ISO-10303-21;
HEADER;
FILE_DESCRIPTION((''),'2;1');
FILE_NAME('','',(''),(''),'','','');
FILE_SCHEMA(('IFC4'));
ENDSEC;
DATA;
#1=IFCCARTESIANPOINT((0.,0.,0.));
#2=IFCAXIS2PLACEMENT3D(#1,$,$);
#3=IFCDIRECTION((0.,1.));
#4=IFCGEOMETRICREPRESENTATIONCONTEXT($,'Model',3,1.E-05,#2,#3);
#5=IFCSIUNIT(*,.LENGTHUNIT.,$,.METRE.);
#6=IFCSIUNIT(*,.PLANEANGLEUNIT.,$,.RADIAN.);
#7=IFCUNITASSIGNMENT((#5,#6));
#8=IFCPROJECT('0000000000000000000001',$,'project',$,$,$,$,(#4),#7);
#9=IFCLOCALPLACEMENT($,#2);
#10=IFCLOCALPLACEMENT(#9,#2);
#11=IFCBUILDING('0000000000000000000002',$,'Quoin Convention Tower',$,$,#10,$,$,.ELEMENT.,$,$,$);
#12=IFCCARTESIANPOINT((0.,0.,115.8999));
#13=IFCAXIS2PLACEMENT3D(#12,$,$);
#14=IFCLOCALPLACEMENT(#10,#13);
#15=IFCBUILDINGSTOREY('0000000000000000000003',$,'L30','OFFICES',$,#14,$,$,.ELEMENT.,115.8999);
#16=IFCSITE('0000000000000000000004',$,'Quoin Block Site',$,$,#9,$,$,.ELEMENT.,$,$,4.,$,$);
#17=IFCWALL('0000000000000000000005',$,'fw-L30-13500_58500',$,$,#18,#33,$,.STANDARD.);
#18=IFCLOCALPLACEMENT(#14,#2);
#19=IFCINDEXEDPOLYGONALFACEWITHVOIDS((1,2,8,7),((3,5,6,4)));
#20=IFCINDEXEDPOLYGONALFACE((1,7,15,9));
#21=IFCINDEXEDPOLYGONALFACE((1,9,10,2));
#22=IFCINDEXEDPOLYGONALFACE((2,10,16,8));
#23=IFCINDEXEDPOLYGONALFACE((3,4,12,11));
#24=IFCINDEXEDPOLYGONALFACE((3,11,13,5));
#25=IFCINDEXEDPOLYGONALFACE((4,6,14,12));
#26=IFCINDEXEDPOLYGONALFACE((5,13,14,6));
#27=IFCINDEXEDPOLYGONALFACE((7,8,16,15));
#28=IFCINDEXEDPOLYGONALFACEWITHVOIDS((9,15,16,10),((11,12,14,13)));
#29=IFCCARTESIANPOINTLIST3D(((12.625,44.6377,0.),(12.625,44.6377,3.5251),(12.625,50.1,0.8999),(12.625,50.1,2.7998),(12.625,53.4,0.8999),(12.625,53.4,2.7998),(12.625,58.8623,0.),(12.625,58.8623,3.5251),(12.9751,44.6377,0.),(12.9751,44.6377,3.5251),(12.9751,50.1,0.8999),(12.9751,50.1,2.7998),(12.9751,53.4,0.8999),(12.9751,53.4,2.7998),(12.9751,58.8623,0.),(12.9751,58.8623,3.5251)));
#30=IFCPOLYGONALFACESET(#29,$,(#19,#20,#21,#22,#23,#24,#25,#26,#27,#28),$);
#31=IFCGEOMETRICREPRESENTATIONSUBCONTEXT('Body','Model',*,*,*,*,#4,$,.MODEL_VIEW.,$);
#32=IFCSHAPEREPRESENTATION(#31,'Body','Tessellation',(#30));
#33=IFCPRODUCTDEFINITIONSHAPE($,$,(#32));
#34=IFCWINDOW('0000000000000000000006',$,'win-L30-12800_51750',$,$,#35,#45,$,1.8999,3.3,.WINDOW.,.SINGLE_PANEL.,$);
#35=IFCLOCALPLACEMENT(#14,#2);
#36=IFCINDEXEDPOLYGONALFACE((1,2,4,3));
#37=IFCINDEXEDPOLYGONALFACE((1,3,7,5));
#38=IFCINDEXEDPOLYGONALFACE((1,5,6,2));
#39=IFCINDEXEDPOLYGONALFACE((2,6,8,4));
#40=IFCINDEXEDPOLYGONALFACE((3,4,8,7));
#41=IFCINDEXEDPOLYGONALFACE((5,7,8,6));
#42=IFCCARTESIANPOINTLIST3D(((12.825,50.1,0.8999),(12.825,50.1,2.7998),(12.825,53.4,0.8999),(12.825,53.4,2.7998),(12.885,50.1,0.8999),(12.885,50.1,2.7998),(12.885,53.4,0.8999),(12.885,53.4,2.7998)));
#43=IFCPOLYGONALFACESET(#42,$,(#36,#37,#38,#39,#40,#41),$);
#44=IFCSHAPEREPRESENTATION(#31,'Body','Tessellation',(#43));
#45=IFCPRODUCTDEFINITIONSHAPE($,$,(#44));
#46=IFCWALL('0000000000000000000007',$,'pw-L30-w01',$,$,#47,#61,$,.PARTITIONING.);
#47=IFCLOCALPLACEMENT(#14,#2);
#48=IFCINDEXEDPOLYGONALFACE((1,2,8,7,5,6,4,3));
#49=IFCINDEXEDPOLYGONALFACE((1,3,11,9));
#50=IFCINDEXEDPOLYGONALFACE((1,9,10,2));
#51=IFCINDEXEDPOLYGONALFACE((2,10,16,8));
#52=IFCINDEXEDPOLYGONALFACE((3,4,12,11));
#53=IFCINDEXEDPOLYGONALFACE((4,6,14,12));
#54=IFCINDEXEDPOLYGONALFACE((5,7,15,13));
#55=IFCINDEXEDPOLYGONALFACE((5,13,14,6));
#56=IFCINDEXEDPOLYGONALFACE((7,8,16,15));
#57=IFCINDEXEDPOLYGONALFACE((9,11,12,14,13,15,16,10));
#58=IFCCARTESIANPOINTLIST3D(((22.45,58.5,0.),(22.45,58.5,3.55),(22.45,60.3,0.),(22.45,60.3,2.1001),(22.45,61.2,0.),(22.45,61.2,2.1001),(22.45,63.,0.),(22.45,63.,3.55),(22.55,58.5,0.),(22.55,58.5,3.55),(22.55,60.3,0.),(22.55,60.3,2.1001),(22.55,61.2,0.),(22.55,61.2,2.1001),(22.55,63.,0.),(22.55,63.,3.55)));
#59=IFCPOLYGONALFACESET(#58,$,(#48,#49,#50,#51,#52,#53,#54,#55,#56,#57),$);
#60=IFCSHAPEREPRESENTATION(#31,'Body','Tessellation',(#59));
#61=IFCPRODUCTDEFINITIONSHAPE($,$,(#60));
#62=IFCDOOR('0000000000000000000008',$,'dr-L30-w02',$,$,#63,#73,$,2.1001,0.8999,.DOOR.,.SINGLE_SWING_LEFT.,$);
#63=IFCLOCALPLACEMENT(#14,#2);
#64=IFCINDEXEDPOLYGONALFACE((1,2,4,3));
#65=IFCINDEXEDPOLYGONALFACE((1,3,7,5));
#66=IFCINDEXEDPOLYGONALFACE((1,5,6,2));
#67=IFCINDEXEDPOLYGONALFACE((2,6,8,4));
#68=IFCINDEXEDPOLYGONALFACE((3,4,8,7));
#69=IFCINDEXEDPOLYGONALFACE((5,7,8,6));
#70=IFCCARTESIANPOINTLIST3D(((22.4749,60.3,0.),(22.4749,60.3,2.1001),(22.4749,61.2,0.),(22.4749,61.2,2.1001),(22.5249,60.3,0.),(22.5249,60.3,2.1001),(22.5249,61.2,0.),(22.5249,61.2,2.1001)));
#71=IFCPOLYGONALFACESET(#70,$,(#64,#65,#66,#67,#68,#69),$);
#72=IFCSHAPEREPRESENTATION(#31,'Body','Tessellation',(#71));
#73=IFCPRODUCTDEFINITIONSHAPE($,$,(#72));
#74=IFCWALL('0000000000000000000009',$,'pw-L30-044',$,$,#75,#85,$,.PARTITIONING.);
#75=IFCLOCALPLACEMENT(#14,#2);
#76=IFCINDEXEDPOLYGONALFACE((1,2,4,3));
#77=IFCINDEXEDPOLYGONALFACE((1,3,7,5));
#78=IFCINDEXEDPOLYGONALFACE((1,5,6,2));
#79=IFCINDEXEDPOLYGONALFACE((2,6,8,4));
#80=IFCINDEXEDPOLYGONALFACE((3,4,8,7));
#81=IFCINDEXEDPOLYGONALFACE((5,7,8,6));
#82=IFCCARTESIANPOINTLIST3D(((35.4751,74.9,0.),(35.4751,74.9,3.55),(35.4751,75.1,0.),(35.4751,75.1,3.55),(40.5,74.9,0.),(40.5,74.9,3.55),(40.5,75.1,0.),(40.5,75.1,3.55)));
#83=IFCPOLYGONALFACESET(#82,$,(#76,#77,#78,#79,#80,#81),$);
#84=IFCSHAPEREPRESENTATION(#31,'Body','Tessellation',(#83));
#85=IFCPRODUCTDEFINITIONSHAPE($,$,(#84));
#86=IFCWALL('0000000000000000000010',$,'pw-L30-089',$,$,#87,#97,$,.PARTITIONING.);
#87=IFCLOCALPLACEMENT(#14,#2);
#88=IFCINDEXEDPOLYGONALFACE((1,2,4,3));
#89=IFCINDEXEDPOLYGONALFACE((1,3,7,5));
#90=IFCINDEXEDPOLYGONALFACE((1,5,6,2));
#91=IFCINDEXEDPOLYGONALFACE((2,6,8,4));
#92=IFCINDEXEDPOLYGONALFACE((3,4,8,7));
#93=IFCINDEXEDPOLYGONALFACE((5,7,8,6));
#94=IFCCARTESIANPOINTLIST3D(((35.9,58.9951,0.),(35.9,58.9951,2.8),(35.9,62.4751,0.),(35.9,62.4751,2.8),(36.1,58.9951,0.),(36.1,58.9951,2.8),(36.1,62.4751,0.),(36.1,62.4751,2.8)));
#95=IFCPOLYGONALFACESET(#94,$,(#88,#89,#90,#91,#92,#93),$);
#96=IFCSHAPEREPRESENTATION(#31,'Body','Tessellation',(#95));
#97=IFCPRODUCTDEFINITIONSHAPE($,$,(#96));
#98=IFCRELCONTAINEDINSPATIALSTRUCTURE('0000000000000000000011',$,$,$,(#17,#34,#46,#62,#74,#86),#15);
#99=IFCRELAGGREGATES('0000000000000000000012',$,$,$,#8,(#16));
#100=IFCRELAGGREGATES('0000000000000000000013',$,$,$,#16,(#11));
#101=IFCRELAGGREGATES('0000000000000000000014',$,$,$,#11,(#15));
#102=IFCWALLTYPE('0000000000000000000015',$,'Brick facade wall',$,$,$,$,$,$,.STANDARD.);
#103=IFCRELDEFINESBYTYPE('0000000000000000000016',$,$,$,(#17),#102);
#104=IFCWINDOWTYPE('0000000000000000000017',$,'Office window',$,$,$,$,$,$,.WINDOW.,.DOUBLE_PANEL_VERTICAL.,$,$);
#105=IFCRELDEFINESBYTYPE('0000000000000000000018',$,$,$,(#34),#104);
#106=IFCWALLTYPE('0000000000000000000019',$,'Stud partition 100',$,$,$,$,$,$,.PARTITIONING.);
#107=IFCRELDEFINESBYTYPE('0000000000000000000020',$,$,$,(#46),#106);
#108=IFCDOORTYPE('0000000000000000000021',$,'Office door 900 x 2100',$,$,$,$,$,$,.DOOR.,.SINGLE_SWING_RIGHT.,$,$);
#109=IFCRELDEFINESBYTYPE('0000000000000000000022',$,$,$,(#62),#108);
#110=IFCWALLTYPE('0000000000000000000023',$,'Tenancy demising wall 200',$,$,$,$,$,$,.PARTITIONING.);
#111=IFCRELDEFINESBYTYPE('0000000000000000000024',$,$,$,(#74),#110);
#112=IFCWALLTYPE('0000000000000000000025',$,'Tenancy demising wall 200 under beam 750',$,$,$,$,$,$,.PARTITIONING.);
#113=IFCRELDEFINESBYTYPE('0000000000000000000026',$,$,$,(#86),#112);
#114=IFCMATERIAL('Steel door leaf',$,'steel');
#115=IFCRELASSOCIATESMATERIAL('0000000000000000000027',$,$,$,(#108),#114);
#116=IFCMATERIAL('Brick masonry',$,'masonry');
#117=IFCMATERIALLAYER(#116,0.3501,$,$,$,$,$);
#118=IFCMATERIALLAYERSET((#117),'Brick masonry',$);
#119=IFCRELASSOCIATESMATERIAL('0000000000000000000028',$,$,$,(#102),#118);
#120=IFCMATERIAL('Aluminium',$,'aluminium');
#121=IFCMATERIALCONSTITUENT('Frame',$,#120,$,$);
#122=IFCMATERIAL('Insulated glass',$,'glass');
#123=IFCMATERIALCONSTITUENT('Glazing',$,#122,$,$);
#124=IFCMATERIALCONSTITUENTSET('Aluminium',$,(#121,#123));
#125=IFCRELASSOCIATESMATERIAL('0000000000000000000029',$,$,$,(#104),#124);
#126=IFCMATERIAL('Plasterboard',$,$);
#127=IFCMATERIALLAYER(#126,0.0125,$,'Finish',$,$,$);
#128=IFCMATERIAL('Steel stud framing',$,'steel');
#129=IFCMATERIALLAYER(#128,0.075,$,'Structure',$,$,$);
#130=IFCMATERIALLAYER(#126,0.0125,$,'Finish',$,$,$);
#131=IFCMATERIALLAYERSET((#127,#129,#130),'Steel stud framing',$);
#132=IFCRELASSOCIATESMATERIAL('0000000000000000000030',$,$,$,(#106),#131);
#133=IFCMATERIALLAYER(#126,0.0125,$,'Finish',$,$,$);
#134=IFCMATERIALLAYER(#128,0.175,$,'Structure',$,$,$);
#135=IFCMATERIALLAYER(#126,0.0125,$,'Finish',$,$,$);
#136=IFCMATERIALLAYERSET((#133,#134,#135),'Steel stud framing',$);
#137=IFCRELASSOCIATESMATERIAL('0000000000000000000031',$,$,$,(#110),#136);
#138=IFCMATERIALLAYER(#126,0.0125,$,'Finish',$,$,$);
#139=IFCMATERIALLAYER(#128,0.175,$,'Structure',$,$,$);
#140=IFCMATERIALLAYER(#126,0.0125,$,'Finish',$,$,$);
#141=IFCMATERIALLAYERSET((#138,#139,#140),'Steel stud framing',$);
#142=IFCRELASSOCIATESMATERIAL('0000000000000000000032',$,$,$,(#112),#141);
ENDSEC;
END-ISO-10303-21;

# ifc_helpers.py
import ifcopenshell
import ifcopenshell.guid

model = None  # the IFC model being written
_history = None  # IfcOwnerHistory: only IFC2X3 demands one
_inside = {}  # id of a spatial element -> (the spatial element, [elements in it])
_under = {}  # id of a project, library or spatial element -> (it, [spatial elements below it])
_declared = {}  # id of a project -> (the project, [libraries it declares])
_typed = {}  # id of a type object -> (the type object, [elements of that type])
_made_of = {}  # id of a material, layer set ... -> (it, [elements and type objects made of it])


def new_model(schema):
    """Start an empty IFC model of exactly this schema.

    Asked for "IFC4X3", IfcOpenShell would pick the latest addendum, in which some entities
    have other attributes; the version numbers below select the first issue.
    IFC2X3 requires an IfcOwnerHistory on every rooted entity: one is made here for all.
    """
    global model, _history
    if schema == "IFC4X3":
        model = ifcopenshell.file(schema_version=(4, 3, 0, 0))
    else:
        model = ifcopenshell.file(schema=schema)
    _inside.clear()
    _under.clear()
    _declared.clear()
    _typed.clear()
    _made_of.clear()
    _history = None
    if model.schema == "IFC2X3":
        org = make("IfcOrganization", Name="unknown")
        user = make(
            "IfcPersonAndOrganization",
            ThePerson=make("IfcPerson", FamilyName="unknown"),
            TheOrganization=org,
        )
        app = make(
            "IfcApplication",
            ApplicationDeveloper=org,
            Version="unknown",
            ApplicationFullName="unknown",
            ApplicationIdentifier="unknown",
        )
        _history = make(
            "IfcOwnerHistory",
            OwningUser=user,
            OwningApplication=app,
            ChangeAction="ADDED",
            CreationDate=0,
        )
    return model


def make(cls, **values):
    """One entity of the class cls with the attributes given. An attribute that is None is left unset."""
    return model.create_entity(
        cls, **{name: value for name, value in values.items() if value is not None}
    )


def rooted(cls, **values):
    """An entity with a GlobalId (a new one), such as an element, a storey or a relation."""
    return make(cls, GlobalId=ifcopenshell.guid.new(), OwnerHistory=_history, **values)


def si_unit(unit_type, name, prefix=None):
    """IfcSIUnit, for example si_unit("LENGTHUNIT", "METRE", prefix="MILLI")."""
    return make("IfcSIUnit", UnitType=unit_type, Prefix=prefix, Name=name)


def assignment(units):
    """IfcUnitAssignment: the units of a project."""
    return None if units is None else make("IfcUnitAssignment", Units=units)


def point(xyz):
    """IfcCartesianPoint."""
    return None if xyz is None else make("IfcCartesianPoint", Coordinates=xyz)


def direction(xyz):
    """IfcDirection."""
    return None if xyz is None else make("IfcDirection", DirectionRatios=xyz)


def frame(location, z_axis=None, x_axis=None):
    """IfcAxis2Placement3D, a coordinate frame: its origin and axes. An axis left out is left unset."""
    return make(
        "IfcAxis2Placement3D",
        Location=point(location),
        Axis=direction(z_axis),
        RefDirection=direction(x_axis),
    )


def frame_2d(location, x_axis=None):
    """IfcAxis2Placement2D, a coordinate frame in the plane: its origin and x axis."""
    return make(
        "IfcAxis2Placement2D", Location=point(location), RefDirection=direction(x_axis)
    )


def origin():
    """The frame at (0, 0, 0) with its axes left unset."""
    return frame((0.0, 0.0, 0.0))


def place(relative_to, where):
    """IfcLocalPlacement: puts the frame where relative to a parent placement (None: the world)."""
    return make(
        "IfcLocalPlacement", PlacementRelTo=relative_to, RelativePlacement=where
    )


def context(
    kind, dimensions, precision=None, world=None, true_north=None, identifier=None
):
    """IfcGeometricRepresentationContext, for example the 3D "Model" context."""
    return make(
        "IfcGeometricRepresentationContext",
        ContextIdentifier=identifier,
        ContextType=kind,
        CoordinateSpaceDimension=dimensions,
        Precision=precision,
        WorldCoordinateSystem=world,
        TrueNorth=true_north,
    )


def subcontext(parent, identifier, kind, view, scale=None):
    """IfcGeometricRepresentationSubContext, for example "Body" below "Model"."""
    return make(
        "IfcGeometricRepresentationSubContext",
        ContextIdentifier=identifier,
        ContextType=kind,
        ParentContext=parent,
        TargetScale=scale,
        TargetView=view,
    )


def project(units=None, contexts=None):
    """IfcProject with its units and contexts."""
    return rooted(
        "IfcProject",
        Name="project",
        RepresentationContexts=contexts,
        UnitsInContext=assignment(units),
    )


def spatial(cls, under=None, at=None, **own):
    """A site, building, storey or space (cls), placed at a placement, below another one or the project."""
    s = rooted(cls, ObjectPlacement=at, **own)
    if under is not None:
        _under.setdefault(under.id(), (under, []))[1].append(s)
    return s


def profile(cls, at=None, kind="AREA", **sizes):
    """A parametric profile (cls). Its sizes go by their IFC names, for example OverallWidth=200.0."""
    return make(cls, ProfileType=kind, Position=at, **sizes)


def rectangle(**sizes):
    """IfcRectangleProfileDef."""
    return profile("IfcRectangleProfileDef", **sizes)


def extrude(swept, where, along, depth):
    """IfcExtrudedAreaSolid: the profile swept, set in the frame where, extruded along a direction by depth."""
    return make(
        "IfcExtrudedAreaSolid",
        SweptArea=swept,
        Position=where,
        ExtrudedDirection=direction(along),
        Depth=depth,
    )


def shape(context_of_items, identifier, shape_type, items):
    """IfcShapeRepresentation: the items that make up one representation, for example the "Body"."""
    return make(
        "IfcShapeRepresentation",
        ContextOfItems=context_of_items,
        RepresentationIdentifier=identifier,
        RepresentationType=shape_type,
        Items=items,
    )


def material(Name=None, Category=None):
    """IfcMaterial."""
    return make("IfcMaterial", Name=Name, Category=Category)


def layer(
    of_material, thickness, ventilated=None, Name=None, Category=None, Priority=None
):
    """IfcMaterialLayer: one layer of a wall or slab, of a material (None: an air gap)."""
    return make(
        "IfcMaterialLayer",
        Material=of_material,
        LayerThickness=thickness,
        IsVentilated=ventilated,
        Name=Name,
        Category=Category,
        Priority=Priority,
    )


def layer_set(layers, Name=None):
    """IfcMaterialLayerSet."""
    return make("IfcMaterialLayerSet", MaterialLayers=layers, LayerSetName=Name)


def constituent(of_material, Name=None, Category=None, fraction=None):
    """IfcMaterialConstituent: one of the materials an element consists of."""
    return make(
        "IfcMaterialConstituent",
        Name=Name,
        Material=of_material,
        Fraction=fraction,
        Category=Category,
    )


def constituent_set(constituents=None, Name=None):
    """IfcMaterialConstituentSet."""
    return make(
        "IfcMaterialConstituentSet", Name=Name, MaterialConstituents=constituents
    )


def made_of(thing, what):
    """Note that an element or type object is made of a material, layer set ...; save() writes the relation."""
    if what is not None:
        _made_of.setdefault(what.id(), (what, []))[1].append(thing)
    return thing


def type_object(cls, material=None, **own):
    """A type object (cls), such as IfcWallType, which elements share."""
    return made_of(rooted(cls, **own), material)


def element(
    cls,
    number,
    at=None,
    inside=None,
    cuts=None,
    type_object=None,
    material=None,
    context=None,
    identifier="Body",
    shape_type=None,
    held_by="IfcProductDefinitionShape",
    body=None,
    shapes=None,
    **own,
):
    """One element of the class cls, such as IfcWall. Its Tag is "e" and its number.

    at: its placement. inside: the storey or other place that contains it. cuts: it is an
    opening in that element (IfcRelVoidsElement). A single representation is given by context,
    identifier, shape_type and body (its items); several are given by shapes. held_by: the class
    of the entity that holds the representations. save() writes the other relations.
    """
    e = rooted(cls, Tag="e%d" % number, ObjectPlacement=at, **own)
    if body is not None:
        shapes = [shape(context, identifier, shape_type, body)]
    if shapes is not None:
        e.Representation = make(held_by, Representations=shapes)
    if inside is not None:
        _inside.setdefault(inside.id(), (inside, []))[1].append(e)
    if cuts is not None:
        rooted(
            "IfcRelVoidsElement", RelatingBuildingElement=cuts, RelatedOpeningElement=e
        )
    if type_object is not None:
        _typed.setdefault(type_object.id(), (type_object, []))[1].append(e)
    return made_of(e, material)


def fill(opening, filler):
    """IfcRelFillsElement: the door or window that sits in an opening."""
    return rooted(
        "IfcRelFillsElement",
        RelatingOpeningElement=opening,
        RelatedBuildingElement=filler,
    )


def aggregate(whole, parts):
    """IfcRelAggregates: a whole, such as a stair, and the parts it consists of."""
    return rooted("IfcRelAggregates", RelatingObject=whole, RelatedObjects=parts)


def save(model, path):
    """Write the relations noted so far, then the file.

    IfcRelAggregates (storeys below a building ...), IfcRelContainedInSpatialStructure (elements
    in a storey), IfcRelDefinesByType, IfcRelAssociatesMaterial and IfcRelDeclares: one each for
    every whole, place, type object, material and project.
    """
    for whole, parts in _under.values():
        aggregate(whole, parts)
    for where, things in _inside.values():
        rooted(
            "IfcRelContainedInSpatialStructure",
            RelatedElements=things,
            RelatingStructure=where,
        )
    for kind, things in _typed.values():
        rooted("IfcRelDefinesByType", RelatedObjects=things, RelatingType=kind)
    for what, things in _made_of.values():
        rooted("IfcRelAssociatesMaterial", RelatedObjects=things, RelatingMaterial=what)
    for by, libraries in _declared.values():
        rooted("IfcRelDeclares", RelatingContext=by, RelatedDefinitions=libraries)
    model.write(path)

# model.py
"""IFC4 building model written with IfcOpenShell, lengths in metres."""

from ifc_helpers import new_model, si_unit, direction, frame, frame_2d, origin, place, context, subcontext, project, spatial, rectangle, extrude, material, layer, layer_set, constituent, constituent_set, type_object, element, fill, save


model = new_model("IFC4")

# Units and contexts
model_context = context("Model", 3, precision=1e-05, world=origin(), true_north=direction((0.0, 1.0)))
body_context = subcontext(model_context, "Body", "Model", "MODEL_VIEW")
ifc_project = project(units=[si_unit("LENGTHUNIT", "METRE"), si_unit("PLANEANGLEUNIT", "RADIAN")], contexts=[model_context])

# Site, building, storey
site_placement = place(None, origin())
site = spatial("IfcSite", under=ifc_project, at=site_placement, Name="Quoin Block Site", CompositionType="ELEMENT", RefElevation=4.0)
building_placement = place(site_placement, origin())
building = spatial("IfcBuilding", under=site, at=building_placement, Name="Quoin Convention Tower", CompositionType="ELEMENT")
storey_placement = place(building_placement, frame((0.0, 0.0, 115.8999)))
storey = spatial("IfcBuildingStorey", under=building, at=storey_placement, Name="L30", Description="OFFICES", CompositionType="ELEMENT", Elevation=115.8999)

# Shared definitions
ifc_material_1 = material(Name="Plasterboard")
ifc_material_2 = material(Name="Steel stud framing", Category="steel")
ifc_material_3 = material(Name="Steel door leaf", Category="steel")
door_type = type_object("IfcDoorType", Name="Office door 900 x 2100", OperationType="SINGLE_SWING_RIGHT", PredefinedType="DOOR", material=ifc_material_3)

# Shared definitions
ifc_material_4 = material(Name="Brick masonry", Category="masonry")
ifc_layer_1 = layer(ifc_material_4, 0.3501)
ifc_layer_set_1 = layer_set([ifc_layer_1], Name="Brick masonry")
wall_type_1 = type_object("IfcWallType", Name="Brick facade wall", PredefinedType="STANDARD", material=ifc_layer_set_1)
ifc_material_5 = material(Name="Aluminium", Category="aluminium")
ifc_constituent_1 = constituent(ifc_material_5, Name="Frame")
ifc_material_6 = material(Name="Insulated glass", Category="glass")
ifc_constituent_2 = constituent(ifc_material_6, Name="Glazing")
ifc_constituent_set = constituent_set(constituents=[ifc_constituent_1, ifc_constituent_2], Name="Aluminium")
window_type = type_object("IfcWindowType", Name="Office window", PartitioningType="DOUBLE_PANEL_VERTICAL", PredefinedType="WINDOW", material=ifc_constituent_set)

# Wall, opening, window
wall_1_placement = place(storey_placement, frame((12.8, 58.8623, 0.0), z_axis=(0.0, 0.0, 1.0), x_axis=(0.0, -1.0, 0.0)))
wall_1 = element("IfcWall", 1, at=wall_1_placement, inside=storey, type_object=wall_type_1, Name="fw-L30-13500_58500", PredefinedType="STANDARD", context=body_context, shape_type="SweptSolid", body=[
    extrude(rectangle(XDim=14.2246, YDim=0.3501, at=frame_2d((7.1123, 0.0))), origin(), (0.0, 0.0, 1.0), 3.5251),
])
opening_1_placement = place(wall_1_placement, frame((5.4624, 0.0, 0.8999)))
opening_1 = element("IfcOpeningElement", 2, at=opening_1_placement, cuts=wall_1, PredefinedType="OPENING", context=body_context, shape_type="SweptSolid", body=[
    extrude(rectangle(XDim=3.3, YDim=1.8999, at=frame_2d((1.6499, 0.95))), frame((0.0, 0.1851, 0.0), z_axis=(0.0, -1.0, 0.0), x_axis=(1.0, 0.0, 0.0)), (0.0, 0.0, 1.0), 0.3701),
])
window_1_placement = place(opening_1_placement, origin())
window_1 = element("IfcWindow", 3, at=window_1_placement, inside=storey, type_object=window_type, Name="win-L30-12800_51750", OverallHeight=1.8999, OverallWidth=3.3, PartitioningType="SINGLE_PANEL", PredefinedType="WINDOW", context=body_context, shape_type="SweptSolid", body=[
    extrude(rectangle(XDim=3.3, YDim=1.8999, at=frame_2d((1.6499, 0.95))), frame((0.0, 0.085, 0.0), z_axis=(0.0, -1.0, 0.0), x_axis=(1.0, 0.0, 0.0)), (0.0, 0.0, 1.0), 0.0601),
])
fill(opening_1, window_1)

# Wall, opening, door
ifc_layer_2 = layer(ifc_material_1, 0.0125, Name="Finish")
ifc_layer_3 = layer(ifc_material_2, 0.075, Name="Structure")
ifc_layer_4 = layer(ifc_material_1, 0.0125, Name="Finish")
ifc_layer_set_2 = layer_set([ifc_layer_2, ifc_layer_3, ifc_layer_4], Name="Steel stud framing")
wall_type_2 = type_object("IfcWallType", Name="Stud partition 100", PredefinedType="PARTITIONING", material=ifc_layer_set_2)
wall_2_placement = place(storey_placement, frame((22.5, 63.0, 0.0), z_axis=(0.0, 0.0, 1.0), x_axis=(0.0, -1.0, 0.0)))
wall_2 = element("IfcWall", 4, at=wall_2_placement, inside=storey, type_object=wall_type_2, Name="pw-L30-w01", PredefinedType="PARTITIONING", context=body_context, shape_type="SweptSolid", body=[
    extrude(rectangle(XDim=4.5, YDim=0.1001, at=frame_2d((2.25, 0.0))), origin(), (0.0, 0.0, 1.0), 3.55),
])
opening_2_placement = place(wall_2_placement, frame((1.8, 0.0, 0.0)))
opening_2 = element("IfcOpeningElement", 5, at=opening_2_placement, cuts=wall_2, PredefinedType="OPENING", context=body_context, shape_type="SweptSolid", body=[
    extrude(rectangle(XDim=0.8999, YDim=2.1001, at=frame_2d((0.45, 1.05))), frame((0.0, 0.0601, 0.0), z_axis=(0.0, -1.0, 0.0), x_axis=(1.0, 0.0, 0.0)), (0.0, 0.0, 1.0), 0.1201),
])
door_1_placement = place(opening_2_placement, origin())
door_1 = element("IfcDoor", 6, at=door_1_placement, inside=storey, type_object=door_type, Name="dr-L30-w02", OperationType="SINGLE_SWING_LEFT", OverallHeight=2.1001, OverallWidth=0.8999, PredefinedType="DOOR", context=body_context, shape_type="SweptSolid", body=[
    extrude(rectangle(XDim=0.8999, YDim=2.1001, at=frame_2d((0.45, 1.05))), frame((0.0, 0.0249, 0.0), z_axis=(0.0, -1.0, 0.0), x_axis=(1.0, 0.0, 0.0)), (0.0, 0.0, 1.0), 0.05),
])
fill(opening_2, door_1)

# Walls
ifc_layer_5 = layer(ifc_material_1, 0.0125, Name="Finish")
ifc_layer_6 = layer(ifc_material_2, 0.175, Name="Structure")
ifc_layer_7 = layer(ifc_material_1, 0.0125, Name="Finish")
ifc_layer_set_3 = layer_set([ifc_layer_5, ifc_layer_6, ifc_layer_7], Name="Steel stud framing")
wall_type_3 = type_object("IfcWallType", Name="Tenancy demising wall 200", PredefinedType="PARTITIONING", material=ifc_layer_set_3)
wall_3_placement = place(storey_placement, frame((35.4751, 75.0, 0.0), z_axis=(0.0, 0.0, 1.0), x_axis=(1.0, 0.0, 0.0)))
element("IfcWall", 7, at=wall_3_placement, inside=storey, type_object=wall_type_3, Name="pw-L30-044", PredefinedType="PARTITIONING", context=body_context, shape_type="SweptSolid", body=[
    extrude(rectangle(XDim=5.0249, YDim=0.2, at=frame_2d((2.5125, 0.0))), origin(), (0.0, 0.0, 1.0), 3.55),
])
ifc_layer_8 = layer(ifc_material_1, 0.0125, Name="Finish")
ifc_layer_9 = layer(ifc_material_2, 0.175, Name="Structure")
ifc_layer_10 = layer(ifc_material_1, 0.0125, Name="Finish")
ifc_layer_set_4 = layer_set([ifc_layer_8, ifc_layer_9, ifc_layer_10], Name="Steel stud framing")
wall_type_4 = type_object("IfcWallType", Name="Tenancy demising wall 200 under beam 750", PredefinedType="PARTITIONING", material=ifc_layer_set_4)
wall_4_placement = place(storey_placement, frame((36.0, 58.9951, 0.0), z_axis=(0.0, 0.0, 1.0), x_axis=(0.0, 1.0, 0.0)))
element("IfcWall", 8, at=wall_4_placement, inside=storey, type_object=wall_type_4, Name="pw-L30-089", PredefinedType="PARTITIONING", context=body_context, shape_type="SweptSolid", body=[
    extrude(rectangle(XDim=3.48, YDim=0.2, at=frame_2d((1.74, 0.0))), origin(), (0.0, 0.0, 1.0), 2.8),
])

save(model, "model.ifc")
